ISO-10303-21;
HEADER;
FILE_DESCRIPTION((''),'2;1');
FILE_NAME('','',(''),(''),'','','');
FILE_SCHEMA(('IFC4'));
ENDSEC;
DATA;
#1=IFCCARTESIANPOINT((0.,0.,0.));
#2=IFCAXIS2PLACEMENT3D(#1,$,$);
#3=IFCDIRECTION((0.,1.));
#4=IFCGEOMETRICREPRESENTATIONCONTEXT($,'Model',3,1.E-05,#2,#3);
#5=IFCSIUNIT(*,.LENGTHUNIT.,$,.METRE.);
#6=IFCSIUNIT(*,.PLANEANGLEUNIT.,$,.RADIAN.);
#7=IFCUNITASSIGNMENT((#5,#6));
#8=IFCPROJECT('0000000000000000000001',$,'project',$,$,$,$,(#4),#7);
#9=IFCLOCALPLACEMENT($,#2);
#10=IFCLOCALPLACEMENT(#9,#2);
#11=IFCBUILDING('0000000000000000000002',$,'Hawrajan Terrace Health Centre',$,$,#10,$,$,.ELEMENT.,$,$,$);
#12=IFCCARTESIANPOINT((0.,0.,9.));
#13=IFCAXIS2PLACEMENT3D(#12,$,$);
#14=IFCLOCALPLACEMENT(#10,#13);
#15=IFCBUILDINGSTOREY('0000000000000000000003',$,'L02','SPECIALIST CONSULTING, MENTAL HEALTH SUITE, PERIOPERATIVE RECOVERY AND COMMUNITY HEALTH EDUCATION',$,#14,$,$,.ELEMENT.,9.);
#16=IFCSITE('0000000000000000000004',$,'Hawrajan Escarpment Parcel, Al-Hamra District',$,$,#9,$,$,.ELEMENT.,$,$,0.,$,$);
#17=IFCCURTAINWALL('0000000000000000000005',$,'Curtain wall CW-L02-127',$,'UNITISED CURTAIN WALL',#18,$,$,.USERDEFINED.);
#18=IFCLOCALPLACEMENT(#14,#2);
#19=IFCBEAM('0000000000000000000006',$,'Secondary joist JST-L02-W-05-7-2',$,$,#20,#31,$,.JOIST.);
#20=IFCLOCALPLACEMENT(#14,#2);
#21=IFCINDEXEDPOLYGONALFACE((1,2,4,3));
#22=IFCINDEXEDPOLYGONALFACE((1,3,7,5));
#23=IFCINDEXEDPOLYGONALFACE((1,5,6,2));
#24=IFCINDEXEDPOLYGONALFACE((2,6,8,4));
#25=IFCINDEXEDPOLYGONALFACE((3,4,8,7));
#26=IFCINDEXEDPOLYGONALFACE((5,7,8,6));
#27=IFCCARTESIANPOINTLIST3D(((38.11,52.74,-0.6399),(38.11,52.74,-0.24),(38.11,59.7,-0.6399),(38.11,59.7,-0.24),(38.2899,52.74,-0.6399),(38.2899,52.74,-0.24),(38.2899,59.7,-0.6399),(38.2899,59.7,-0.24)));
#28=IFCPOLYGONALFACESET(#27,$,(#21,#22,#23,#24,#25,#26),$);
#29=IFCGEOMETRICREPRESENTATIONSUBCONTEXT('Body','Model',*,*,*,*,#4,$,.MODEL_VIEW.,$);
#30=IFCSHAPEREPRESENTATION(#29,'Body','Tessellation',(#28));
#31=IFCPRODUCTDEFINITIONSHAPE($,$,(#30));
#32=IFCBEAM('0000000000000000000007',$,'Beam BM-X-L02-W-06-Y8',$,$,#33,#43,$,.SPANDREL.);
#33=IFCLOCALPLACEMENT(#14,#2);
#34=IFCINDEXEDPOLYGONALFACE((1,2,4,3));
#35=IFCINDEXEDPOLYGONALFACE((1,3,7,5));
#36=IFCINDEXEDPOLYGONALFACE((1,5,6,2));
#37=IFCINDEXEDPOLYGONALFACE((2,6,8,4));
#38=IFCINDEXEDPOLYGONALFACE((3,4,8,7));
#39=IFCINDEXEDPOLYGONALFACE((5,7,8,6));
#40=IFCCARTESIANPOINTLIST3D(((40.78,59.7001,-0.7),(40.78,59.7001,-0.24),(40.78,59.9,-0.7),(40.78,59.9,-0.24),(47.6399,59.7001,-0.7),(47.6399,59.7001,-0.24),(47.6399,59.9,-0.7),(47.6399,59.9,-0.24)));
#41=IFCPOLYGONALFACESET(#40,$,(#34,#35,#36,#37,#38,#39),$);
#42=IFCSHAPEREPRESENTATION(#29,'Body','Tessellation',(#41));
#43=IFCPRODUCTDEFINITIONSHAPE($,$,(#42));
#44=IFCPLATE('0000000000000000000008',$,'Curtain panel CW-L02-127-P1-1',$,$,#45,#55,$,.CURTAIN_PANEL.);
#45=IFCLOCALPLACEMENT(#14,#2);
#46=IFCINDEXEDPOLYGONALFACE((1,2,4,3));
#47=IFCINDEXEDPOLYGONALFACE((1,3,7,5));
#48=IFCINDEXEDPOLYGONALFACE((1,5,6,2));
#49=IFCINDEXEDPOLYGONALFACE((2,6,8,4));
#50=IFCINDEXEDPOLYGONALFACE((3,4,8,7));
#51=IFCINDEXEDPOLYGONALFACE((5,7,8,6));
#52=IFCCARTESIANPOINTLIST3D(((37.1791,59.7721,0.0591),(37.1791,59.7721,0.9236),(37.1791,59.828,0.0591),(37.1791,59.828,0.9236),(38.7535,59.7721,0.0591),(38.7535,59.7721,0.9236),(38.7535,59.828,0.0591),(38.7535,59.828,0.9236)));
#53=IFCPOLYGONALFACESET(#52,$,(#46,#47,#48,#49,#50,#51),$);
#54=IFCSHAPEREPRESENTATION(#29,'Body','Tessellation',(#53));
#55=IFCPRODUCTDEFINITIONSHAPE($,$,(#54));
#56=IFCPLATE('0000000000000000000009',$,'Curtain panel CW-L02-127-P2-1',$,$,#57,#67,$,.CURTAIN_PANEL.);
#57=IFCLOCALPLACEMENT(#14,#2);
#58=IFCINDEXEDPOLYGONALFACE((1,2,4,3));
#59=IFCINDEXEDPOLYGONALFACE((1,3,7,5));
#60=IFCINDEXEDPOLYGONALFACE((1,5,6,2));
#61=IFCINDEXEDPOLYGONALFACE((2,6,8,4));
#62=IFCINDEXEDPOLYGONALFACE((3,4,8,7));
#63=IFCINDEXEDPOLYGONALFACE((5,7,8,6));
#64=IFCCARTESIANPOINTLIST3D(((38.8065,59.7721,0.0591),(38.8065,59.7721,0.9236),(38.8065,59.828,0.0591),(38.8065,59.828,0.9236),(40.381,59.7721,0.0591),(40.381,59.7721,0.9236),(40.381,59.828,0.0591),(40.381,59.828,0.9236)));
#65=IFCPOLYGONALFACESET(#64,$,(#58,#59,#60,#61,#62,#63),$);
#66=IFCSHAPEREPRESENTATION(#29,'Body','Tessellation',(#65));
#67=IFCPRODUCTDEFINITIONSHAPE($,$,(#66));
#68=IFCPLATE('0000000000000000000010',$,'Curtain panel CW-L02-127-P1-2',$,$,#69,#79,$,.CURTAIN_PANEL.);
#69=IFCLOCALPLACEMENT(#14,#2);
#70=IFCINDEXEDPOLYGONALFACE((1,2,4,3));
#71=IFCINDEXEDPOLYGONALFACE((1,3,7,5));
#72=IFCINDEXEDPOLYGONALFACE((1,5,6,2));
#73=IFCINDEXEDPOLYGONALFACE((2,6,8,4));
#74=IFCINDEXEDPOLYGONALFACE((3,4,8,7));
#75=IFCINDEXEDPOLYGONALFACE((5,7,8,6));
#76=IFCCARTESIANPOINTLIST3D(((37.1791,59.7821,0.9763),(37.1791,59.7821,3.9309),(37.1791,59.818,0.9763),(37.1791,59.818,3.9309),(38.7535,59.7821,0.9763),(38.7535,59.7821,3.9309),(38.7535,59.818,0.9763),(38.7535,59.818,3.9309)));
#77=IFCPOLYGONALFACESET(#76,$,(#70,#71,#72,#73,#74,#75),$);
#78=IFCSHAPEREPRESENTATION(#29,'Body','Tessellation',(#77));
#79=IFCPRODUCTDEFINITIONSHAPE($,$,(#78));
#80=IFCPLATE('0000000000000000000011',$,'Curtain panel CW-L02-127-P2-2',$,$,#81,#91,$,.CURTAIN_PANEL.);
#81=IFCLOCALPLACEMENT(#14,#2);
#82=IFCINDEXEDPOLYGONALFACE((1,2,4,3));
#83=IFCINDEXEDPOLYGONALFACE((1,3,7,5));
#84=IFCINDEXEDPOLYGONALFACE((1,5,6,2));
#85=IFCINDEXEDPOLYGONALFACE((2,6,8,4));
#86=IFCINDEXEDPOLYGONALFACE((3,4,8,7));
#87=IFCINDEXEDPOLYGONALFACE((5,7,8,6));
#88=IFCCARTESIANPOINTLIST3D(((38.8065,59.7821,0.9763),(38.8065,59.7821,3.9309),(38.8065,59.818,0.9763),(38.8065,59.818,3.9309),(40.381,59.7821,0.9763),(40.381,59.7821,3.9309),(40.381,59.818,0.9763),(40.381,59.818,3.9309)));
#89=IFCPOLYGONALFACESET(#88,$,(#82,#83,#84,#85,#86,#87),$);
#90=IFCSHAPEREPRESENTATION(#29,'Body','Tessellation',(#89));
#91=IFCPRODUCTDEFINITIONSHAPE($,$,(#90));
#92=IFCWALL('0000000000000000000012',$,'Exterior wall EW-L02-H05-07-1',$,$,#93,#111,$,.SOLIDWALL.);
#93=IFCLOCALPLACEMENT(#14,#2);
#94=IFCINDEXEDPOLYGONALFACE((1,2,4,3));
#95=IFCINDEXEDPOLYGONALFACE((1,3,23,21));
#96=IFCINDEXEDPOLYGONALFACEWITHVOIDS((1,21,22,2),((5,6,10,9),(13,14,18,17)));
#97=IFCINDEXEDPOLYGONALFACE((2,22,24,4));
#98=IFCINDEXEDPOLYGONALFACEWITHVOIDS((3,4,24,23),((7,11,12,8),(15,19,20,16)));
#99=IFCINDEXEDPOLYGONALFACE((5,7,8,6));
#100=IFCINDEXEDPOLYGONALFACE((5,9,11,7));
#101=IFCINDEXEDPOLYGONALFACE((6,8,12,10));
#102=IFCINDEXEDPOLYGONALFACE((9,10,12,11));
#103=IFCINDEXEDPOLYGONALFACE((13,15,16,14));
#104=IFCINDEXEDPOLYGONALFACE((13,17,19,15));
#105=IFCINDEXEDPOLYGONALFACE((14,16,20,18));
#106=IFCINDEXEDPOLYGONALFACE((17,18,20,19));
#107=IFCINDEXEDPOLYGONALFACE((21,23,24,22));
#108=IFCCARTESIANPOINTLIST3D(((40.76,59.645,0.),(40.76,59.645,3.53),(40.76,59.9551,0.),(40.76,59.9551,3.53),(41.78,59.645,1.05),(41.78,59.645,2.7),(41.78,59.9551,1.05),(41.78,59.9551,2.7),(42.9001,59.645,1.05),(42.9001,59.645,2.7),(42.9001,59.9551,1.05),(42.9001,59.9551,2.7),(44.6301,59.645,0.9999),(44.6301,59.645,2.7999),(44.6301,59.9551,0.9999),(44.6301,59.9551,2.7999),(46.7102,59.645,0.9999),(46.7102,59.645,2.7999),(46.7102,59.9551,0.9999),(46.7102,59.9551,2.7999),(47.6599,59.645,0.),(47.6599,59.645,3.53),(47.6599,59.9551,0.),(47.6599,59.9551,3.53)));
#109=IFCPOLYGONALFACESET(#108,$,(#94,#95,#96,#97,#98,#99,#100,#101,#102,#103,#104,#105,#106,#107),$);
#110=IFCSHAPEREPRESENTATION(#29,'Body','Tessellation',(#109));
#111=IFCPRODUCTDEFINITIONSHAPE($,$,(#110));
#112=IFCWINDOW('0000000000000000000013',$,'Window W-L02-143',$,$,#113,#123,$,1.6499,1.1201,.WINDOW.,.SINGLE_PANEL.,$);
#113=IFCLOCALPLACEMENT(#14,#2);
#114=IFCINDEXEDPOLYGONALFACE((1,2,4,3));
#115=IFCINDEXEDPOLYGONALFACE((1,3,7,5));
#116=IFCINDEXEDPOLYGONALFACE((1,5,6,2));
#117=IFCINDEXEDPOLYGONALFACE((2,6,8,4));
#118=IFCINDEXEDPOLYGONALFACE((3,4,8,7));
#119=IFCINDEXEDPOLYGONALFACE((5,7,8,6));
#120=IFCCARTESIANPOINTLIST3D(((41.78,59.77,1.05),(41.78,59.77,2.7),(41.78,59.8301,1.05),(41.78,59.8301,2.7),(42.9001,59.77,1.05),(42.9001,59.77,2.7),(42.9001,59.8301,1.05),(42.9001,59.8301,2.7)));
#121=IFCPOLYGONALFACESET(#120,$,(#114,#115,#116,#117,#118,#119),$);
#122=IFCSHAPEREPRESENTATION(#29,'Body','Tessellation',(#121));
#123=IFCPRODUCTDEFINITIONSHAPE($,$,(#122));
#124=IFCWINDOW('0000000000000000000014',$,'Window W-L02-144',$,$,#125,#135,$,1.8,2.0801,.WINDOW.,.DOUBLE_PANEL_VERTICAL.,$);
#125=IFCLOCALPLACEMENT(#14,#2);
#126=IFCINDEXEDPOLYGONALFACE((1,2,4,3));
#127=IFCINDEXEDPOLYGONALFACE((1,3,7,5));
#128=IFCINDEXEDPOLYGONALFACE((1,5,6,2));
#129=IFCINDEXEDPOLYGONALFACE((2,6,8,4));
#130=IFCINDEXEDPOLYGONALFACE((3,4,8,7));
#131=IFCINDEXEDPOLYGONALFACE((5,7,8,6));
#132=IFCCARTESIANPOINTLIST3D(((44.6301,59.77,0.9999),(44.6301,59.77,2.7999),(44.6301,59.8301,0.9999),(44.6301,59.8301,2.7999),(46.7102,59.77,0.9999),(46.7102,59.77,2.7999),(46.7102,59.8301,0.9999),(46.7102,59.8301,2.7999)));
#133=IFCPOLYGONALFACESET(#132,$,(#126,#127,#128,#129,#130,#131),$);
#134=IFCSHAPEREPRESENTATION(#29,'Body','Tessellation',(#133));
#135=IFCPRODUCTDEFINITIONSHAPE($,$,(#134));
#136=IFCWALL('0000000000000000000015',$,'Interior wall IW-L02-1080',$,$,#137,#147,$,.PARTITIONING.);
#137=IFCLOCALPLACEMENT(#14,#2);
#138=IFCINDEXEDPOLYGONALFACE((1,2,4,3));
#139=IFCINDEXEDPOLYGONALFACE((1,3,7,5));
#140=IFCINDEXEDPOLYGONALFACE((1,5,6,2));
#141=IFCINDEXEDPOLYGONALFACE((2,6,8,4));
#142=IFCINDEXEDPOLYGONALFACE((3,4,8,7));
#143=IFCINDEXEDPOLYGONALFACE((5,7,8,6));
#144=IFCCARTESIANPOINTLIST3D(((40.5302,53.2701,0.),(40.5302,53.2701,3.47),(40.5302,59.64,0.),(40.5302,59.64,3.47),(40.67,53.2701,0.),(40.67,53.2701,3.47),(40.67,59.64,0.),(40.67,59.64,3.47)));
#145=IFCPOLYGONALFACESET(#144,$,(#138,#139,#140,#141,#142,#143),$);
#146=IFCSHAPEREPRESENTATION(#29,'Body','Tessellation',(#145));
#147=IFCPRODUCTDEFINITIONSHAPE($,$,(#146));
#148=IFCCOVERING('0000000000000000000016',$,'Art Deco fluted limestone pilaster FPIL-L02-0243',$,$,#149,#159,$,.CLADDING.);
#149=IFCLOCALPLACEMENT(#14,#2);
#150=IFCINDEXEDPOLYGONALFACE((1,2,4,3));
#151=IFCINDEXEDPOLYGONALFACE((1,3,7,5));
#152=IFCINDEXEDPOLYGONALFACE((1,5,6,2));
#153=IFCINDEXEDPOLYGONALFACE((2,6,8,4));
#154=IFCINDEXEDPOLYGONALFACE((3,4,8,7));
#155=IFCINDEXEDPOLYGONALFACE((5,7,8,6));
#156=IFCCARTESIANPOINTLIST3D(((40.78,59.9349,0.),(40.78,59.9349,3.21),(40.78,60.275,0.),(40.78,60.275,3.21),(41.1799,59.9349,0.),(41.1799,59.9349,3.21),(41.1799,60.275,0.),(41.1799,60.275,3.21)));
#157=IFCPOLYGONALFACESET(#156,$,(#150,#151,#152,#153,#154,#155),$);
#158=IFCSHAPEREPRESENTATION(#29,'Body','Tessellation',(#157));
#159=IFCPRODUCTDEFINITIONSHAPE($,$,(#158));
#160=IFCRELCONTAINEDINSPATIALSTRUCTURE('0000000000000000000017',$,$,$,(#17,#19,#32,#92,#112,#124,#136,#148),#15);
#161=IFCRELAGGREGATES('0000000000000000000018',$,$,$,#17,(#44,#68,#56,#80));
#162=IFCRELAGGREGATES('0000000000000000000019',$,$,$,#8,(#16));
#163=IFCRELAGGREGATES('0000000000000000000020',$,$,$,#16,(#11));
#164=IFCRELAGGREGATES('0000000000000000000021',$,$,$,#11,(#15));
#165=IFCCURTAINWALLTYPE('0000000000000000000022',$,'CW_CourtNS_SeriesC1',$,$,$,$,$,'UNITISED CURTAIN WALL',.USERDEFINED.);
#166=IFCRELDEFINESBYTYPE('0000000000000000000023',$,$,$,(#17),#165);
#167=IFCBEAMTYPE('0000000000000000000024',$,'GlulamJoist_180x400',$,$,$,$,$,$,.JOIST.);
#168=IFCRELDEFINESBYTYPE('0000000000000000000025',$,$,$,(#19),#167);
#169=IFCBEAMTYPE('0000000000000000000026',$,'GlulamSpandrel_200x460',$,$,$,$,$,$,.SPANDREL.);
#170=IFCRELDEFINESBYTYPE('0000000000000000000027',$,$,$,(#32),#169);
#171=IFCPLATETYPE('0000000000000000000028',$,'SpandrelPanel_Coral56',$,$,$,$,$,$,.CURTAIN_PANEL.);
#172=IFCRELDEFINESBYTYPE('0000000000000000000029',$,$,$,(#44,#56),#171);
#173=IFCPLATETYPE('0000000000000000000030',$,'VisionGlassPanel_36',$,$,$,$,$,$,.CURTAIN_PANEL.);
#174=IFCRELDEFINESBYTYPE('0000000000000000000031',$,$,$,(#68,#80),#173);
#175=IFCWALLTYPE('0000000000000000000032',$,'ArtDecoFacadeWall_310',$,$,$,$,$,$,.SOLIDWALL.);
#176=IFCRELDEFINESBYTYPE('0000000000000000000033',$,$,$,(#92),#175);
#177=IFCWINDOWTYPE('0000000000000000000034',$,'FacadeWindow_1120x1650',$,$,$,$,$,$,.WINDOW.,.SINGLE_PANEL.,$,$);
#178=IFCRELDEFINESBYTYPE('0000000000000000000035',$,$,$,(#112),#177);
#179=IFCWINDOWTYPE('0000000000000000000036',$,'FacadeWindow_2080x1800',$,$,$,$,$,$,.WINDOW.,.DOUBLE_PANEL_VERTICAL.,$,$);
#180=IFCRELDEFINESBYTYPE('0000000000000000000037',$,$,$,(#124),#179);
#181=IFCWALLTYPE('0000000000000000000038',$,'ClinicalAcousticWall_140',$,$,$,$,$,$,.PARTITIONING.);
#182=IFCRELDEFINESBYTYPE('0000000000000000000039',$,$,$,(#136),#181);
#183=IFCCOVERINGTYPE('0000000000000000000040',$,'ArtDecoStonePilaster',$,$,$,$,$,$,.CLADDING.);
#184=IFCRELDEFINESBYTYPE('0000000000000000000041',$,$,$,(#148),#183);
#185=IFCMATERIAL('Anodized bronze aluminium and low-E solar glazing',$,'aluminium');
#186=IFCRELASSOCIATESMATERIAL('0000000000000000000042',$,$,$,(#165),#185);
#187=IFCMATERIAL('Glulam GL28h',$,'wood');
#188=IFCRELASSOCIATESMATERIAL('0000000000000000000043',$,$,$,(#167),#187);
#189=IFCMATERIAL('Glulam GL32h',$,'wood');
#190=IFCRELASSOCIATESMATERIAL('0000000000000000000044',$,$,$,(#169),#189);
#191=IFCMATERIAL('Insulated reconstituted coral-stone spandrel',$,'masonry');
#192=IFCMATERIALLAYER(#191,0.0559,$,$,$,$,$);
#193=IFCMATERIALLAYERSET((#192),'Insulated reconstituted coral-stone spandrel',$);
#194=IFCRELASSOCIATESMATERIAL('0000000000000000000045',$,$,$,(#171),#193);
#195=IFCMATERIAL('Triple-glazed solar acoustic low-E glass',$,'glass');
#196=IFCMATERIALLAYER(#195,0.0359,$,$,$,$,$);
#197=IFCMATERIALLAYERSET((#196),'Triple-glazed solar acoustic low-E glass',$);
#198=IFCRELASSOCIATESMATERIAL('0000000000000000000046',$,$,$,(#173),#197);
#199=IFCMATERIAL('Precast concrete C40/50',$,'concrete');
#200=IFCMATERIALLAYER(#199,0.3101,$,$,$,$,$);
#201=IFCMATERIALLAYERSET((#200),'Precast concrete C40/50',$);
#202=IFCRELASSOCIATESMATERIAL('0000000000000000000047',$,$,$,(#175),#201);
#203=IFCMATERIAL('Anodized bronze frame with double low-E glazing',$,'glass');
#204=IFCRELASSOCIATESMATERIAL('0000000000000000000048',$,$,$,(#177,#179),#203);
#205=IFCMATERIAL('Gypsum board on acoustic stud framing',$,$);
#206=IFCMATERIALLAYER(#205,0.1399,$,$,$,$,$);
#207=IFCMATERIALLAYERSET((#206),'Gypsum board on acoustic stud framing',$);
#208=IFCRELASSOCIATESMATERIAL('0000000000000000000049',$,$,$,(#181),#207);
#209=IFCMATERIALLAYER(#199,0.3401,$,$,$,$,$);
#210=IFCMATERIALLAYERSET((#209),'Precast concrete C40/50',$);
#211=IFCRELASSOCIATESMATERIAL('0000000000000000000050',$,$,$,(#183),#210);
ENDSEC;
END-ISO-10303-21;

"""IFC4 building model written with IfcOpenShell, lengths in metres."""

from ifc_helpers import new_model, si_unit, direction, frame, frame_2d, origin, origin_2d, place, context, subcontext, project, spatial, rectangle, extrude, material, layer, layer_set, material_profile, profile_set, type_object, element, fill, aggregate, save


model = new_model("IFC4")

# Units and contexts
model_context = context("Model", 3, precision=1e-05, world=origin(), true_north=direction((0.0, 1.0)))
body_context = subcontext(model_context, "Body", "Model", "MODEL_VIEW")
ifc_project = project(units=[si_unit("LENGTHUNIT", "METRE"), si_unit("PLANEANGLEUNIT", "RADIAN")], contexts=[model_context])

# Site, building, storey
site_placement = place(None, origin())
site = spatial("IfcSite", under=ifc_project, at=site_placement, Name="Hawrajan Escarpment Parcel, Al-Hamra District", CompositionType="ELEMENT", RefElevation=0.0)
building_placement = place(site_placement, origin())
building = spatial("IfcBuilding", under=site, at=building_placement, Name="Hawrajan Terrace Health Centre", CompositionType="ELEMENT")
storey_placement = place(building_placement, frame((0.0, 0.0, 9.0)))
storey = spatial("IfcBuildingStorey", under=building, at=storey_placement, Name="L02", Description="SPECIALIST CONSULTING, MENTAL HEALTH SUITE, PERIOPERATIVE RECOVERY AND COMMUNITY HEALTH EDUCATION", CompositionType="ELEMENT", Elevation=9.0)

# Shared definitions
ifc_material_1 = material(Name="Glulam GL32h", Category="wood")

# Curtain wall
ifc_material_2 = material(Name="Anodized bronze aluminium and low-E solar glazing", Category="aluminium")
curtain_wall_type = type_object("IfcCurtainWallType", Name="CW_CourtNS_SeriesC1", ElementType="UNITISED CURTAIN WALL", PredefinedType="USERDEFINED", material=ifc_material_2)
curtain_wall_placement = place(storey_placement, origin())
curtain_wall = element("IfcCurtainWall", 1, at=curtain_wall_placement, inside=storey, type_object=curtain_wall_type, Name="Curtain wall CW-L02-127", ObjectType="UNITISED CURTAIN WALL", PredefinedType="USERDEFINED")

# Beams
ifc_material_3 = material(Name="Glulam GL28h", Category="wood")
ifc_material_profile_1 = material_profile(ifc_material_3, rectangle(XDim=0.1799, YDim=0.3999, at=origin_2d()), Name="GL JST 180x400")
ifc_profile_set_1 = profile_set([ifc_material_profile_1], Name="Glulam GL28h")
beam_type_1 = type_object("IfcBeamType", Name="GlulamJoist_180x400", PredefinedType="JOIST", material=ifc_profile_set_1)
beam_1_placement = place(storey_placement, frame((38.2, 52.74, -0.4399), z_axis=(0.0, 1.0, 0.0), x_axis=(-1.0, 0.0, 0.0)))
element("IfcBeam", 2, at=beam_1_placement, inside=storey, type_object=beam_type_1, Name="Secondary joist JST-L02-W-05-7-2", PredefinedType="JOIST", context=body_context, shape_type="SweptSolid", body=[
    extrude(rectangle(XDim=0.1799, YDim=0.3999, at=origin_2d()), origin(), (0.0, 0.0, 1.0), 6.96),
])
ifc_material_profile_2 = material_profile(ifc_material_1, rectangle(XDim=0.2, YDim=0.46, at=origin_2d()), Name="GL SP 200x460")
ifc_profile_set_2 = profile_set([ifc_material_profile_2], Name="Glulam GL32h")
beam_type_2 = type_object("IfcBeamType", Name="GlulamSpandrel_200x460", PredefinedType="SPANDREL", material=ifc_profile_set_2)
beam_2_placement = place(storey_placement, frame((40.78, 59.8, -0.47), z_axis=(1.0, 0.0, 0.0), x_axis=(0.0, 1.0, 0.0)))
element("IfcBeam", 3, at=beam_2_placement, inside=storey, type_object=beam_type_2, Name="Beam BM-X-L02-W-06-Y8", PredefinedType="SPANDREL", context=body_context, shape_type="SweptSolid", body=[
    extrude(rectangle(XDim=0.2, YDim=0.46, at=origin_2d()), origin(), (0.0, 0.0, 1.0), 6.8599),
])

# Plates
ifc_material_4 = material(Name="Insulated reconstituted coral-stone spandrel", Category="masonry")
ifc_layer_1 = layer(ifc_material_4, 0.0559)
ifc_layer_set_1 = layer_set([ifc_layer_1], Name="Insulated reconstituted coral-stone spandrel")
plate_type_1 = type_object("IfcPlateType", Name="SpandrelPanel_Coral56", PredefinedType="CURTAIN_PANEL", material=ifc_layer_set_1)
plate_1_placement = place(storey_placement, frame((37.9663, 59.8, 0.0591), z_axis=(0.0, 0.0, 1.0), x_axis=(1.0, 0.0, 0.0)))
plate_1 = element("IfcPlate", 4, at=plate_1_placement, type_object=plate_type_1, Name="Curtain panel CW-L02-127-P1-1", PredefinedType="CURTAIN_PANEL", context=body_context, shape_type="SweptSolid", body=[
    extrude(rectangle(XDim=1.5745, YDim=0.0559, at=origin_2d()), origin(), (0.0, 0.0, 1.0), 0.8645),
])
plate_2_placement = place(storey_placement, frame((39.5938, 59.8, 0.0591), z_axis=(0.0, 0.0, 1.0), x_axis=(1.0, 0.0, 0.0)))
plate_2 = element("IfcPlate", 5, at=plate_2_placement, type_object=plate_type_1, Name="Curtain panel CW-L02-127-P2-1", PredefinedType="CURTAIN_PANEL", context=body_context, shape_type="SweptSolid", body=[
    extrude(rectangle(XDim=1.5745, YDim=0.0559, at=origin_2d()), origin(), (0.0, 0.0, 1.0), 0.8645),
])
ifc_material_5 = material(Name="Triple-glazed solar acoustic low-E glass", Category="glass")
ifc_layer_2 = layer(ifc_material_5, 0.0359)
ifc_layer_set_2 = layer_set([ifc_layer_2], Name="Triple-glazed solar acoustic low-E glass")
plate_type_2 = type_object("IfcPlateType", Name="VisionGlassPanel_36", PredefinedType="CURTAIN_PANEL", material=ifc_layer_set_2)
plate_3_placement = place(storey_placement, frame((37.9663, 59.8, 0.9763), z_axis=(0.0, 0.0, 1.0), x_axis=(1.0, 0.0, 0.0)))
plate_3 = element("IfcPlate", 6, at=plate_3_placement, type_object=plate_type_2, Name="Curtain panel CW-L02-127-P1-2", PredefinedType="CURTAIN_PANEL", context=body_context, shape_type="SweptSolid", body=[
    extrude(rectangle(XDim=1.5745, YDim=0.0359, at=origin_2d()), origin(), (0.0, 0.0, 1.0), 2.9546),
])
plate_4_placement = place(storey_placement, frame((39.5938, 59.8, 0.9763), z_axis=(0.0, 0.0, 1.0), x_axis=(1.0, 0.0, 0.0)))
plate_4 = element("IfcPlate", 7, at=plate_4_placement, type_object=plate_type_2, Name="Curtain panel CW-L02-127-P2-2", PredefinedType="CURTAIN_PANEL", context=body_context, shape_type="SweptSolid", body=[
    extrude(rectangle(XDim=1.5745, YDim=0.0359, at=origin_2d()), origin(), (0.0, 0.0, 1.0), 2.9546),
])
aggregate(curtain_wall, [plate_1, plate_3, plate_2, plate_4])

# Wall, openings, windows
ifc_material_6 = material(Name="Precast concrete C40/50", Category="concrete")
ifc_layer_3 = layer(ifc_material_6, 0.3101)
ifc_layer_set_3 = layer_set([ifc_layer_3], Name="Precast concrete C40/50")
wall_type_1 = type_object("IfcWallType", Name="ArtDecoFacadeWall_310", PredefinedType="SOLIDWALL", material=ifc_layer_set_3)
wall_1_placement = place(storey_placement, frame((40.76, 59.8, 0.0), z_axis=(0.0, 0.0, 1.0), x_axis=(1.0, 0.0, 0.0)))
wall_1 = element("IfcWall", 8, at=wall_1_placement, inside=storey, type_object=wall_type_1, Name="Exterior wall EW-L02-H05-07-1", PredefinedType="SOLIDWALL", context=body_context, shape_type="SweptSolid", body=[
    extrude(rectangle(XDim=6.8999, YDim=0.3101, at=frame_2d((3.45, 0.0))), origin(), (0.0, 0.0, 1.0), 3.53),
])
opening_1_placement = place(wall_1_placement, frame((1.02, 0.0, 1.05)))
opening_1 = element("IfcOpeningElement", 9, at=opening_1_placement, cuts=wall_1, PredefinedType="OPENING", context=body_context, shape_type="SweptSolid", body=[
    extrude(rectangle(XDim=1.1201, YDim=1.6499, at=frame_2d((0.5601, 0.825))), frame((0.0, 0.165, 0.0), z_axis=(0.0, -1.0, 0.0), x_axis=(1.0, 0.0, 0.0)), (0.0, 0.0, 1.0), 0.3301),
])
opening_2_placement = place(wall_1_placement, frame((3.8701, 0.0, 1.0)))
opening_2 = element("IfcOpeningElement", 10, at=opening_2_placement, cuts=wall_1, PredefinedType="OPENING", context=body_context, shape_type="SweptSolid", body=[
    extrude(rectangle(XDim=2.0801, YDim=1.8, at=frame_2d((1.04, 0.8999))), frame((0.0, 0.165, 0.0), z_axis=(0.0, -1.0, 0.0), x_axis=(1.0, 0.0, 0.0)), (0.0, 0.0, 1.0), 0.3301),
])
ifc_material_7 = material(Name="Anodized bronze frame with double low-E glazing", Category="glass")
window_type_1 = type_object("IfcWindowType", Name="FacadeWindow_1120x1650", PartitioningType="SINGLE_PANEL", PredefinedType="WINDOW", material=ifc_material_7)
window_1_placement = place(opening_1_placement, origin())
window_1 = element("IfcWindow", 11, at=window_1_placement, inside=storey, type_object=window_type_1, Name="Window W-L02-143", OverallHeight=1.6499, OverallWidth=1.1201, PartitioningType="SINGLE_PANEL", PredefinedType="WINDOW", context=body_context, shape_type="SweptSolid", body=[
    extrude(rectangle(XDim=1.1201, YDim=1.6499, at=frame_2d((0.5601, 0.825))), frame((0.0, 0.03, 0.0), z_axis=(0.0, -1.0, 0.0), x_axis=(1.0, 0.0, 0.0)), (0.0, 0.0, 1.0), 0.0601),
])
fill(opening_1, window_1)
window_type_2 = type_object("IfcWindowType", Name="FacadeWindow_2080x1800", PartitioningType="DOUBLE_PANEL_VERTICAL", PredefinedType="WINDOW", material=ifc_material_7)
window_2_placement = place(opening_2_placement, origin())
window_2 = element("IfcWindow", 12, at=window_2_placement, inside=storey, type_object=window_type_2, Name="Window W-L02-144", OverallHeight=1.8, OverallWidth=2.0801, PartitioningType="DOUBLE_PANEL_VERTICAL", PredefinedType="WINDOW", context=body_context, shape_type="SweptSolid", body=[
    extrude(rectangle(XDim=2.0801, YDim=1.8, at=frame_2d((1.04, 0.8999))), frame((0.0, 0.03, 0.0), z_axis=(0.0, -1.0, 0.0), x_axis=(1.0, 0.0, 0.0)), (0.0, 0.0, 1.0), 0.0601),
])
fill(opening_2, window_2)

# Wall
ifc_material_8 = material(Name="Gypsum board on acoustic stud framing")
ifc_layer_4 = layer(ifc_material_8, 0.1399)
ifc_layer_set_4 = layer_set([ifc_layer_4], Name="Gypsum board on acoustic stud framing")
wall_type_2 = type_object("IfcWallType", Name="ClinicalAcousticWall_140", PredefinedType="PARTITIONING", material=ifc_layer_set_4)
wall_2_placement = place(storey_placement, frame((40.6001, 53.27, 0.0), z_axis=(0.0, 0.0, 1.0), x_axis=(0.0, 1.0, 0.0)))
element("IfcWall", 13, at=wall_2_placement, inside=storey, type_object=wall_type_2, Name="Interior wall IW-L02-1080", PredefinedType="PARTITIONING", context=body_context, shape_type="SweptSolid", body=[
    extrude(rectangle(XDim=6.3699, YDim=0.1399, at=frame_2d((3.1851, 0.0))), origin(), (0.0, 0.0, 1.0), 3.47),
])

# Covering
ifc_layer_5 = layer(ifc_material_6, 0.3401)
ifc_layer_set_5 = layer_set([ifc_layer_5], Name="Precast concrete C40/50")
covering_type = type_object("IfcCoveringType", Name="ArtDecoStonePilaster", PredefinedType="CLADDING", material=ifc_layer_set_5)
covering_placement = place(storey_placement, frame((40.98, 60.105, 0.0), z_axis=(0.0, 0.0, 1.0), x_axis=(1.0, 0.0, 0.0)))
element("IfcCovering", 14, at=covering_placement, inside=storey, type_object=covering_type, Name="Art Deco fluted limestone pilaster FPIL-L02-0243", PredefinedType="CLADDING", context=body_context, shape_type="SweptSolid", body=[
    extrude(rectangle(XDim=0.3999, YDim=0.3401, at=origin_2d()), origin(), (0.0, 0.0, 1.0), 3.21),
])

save(model, "model.ifc")
